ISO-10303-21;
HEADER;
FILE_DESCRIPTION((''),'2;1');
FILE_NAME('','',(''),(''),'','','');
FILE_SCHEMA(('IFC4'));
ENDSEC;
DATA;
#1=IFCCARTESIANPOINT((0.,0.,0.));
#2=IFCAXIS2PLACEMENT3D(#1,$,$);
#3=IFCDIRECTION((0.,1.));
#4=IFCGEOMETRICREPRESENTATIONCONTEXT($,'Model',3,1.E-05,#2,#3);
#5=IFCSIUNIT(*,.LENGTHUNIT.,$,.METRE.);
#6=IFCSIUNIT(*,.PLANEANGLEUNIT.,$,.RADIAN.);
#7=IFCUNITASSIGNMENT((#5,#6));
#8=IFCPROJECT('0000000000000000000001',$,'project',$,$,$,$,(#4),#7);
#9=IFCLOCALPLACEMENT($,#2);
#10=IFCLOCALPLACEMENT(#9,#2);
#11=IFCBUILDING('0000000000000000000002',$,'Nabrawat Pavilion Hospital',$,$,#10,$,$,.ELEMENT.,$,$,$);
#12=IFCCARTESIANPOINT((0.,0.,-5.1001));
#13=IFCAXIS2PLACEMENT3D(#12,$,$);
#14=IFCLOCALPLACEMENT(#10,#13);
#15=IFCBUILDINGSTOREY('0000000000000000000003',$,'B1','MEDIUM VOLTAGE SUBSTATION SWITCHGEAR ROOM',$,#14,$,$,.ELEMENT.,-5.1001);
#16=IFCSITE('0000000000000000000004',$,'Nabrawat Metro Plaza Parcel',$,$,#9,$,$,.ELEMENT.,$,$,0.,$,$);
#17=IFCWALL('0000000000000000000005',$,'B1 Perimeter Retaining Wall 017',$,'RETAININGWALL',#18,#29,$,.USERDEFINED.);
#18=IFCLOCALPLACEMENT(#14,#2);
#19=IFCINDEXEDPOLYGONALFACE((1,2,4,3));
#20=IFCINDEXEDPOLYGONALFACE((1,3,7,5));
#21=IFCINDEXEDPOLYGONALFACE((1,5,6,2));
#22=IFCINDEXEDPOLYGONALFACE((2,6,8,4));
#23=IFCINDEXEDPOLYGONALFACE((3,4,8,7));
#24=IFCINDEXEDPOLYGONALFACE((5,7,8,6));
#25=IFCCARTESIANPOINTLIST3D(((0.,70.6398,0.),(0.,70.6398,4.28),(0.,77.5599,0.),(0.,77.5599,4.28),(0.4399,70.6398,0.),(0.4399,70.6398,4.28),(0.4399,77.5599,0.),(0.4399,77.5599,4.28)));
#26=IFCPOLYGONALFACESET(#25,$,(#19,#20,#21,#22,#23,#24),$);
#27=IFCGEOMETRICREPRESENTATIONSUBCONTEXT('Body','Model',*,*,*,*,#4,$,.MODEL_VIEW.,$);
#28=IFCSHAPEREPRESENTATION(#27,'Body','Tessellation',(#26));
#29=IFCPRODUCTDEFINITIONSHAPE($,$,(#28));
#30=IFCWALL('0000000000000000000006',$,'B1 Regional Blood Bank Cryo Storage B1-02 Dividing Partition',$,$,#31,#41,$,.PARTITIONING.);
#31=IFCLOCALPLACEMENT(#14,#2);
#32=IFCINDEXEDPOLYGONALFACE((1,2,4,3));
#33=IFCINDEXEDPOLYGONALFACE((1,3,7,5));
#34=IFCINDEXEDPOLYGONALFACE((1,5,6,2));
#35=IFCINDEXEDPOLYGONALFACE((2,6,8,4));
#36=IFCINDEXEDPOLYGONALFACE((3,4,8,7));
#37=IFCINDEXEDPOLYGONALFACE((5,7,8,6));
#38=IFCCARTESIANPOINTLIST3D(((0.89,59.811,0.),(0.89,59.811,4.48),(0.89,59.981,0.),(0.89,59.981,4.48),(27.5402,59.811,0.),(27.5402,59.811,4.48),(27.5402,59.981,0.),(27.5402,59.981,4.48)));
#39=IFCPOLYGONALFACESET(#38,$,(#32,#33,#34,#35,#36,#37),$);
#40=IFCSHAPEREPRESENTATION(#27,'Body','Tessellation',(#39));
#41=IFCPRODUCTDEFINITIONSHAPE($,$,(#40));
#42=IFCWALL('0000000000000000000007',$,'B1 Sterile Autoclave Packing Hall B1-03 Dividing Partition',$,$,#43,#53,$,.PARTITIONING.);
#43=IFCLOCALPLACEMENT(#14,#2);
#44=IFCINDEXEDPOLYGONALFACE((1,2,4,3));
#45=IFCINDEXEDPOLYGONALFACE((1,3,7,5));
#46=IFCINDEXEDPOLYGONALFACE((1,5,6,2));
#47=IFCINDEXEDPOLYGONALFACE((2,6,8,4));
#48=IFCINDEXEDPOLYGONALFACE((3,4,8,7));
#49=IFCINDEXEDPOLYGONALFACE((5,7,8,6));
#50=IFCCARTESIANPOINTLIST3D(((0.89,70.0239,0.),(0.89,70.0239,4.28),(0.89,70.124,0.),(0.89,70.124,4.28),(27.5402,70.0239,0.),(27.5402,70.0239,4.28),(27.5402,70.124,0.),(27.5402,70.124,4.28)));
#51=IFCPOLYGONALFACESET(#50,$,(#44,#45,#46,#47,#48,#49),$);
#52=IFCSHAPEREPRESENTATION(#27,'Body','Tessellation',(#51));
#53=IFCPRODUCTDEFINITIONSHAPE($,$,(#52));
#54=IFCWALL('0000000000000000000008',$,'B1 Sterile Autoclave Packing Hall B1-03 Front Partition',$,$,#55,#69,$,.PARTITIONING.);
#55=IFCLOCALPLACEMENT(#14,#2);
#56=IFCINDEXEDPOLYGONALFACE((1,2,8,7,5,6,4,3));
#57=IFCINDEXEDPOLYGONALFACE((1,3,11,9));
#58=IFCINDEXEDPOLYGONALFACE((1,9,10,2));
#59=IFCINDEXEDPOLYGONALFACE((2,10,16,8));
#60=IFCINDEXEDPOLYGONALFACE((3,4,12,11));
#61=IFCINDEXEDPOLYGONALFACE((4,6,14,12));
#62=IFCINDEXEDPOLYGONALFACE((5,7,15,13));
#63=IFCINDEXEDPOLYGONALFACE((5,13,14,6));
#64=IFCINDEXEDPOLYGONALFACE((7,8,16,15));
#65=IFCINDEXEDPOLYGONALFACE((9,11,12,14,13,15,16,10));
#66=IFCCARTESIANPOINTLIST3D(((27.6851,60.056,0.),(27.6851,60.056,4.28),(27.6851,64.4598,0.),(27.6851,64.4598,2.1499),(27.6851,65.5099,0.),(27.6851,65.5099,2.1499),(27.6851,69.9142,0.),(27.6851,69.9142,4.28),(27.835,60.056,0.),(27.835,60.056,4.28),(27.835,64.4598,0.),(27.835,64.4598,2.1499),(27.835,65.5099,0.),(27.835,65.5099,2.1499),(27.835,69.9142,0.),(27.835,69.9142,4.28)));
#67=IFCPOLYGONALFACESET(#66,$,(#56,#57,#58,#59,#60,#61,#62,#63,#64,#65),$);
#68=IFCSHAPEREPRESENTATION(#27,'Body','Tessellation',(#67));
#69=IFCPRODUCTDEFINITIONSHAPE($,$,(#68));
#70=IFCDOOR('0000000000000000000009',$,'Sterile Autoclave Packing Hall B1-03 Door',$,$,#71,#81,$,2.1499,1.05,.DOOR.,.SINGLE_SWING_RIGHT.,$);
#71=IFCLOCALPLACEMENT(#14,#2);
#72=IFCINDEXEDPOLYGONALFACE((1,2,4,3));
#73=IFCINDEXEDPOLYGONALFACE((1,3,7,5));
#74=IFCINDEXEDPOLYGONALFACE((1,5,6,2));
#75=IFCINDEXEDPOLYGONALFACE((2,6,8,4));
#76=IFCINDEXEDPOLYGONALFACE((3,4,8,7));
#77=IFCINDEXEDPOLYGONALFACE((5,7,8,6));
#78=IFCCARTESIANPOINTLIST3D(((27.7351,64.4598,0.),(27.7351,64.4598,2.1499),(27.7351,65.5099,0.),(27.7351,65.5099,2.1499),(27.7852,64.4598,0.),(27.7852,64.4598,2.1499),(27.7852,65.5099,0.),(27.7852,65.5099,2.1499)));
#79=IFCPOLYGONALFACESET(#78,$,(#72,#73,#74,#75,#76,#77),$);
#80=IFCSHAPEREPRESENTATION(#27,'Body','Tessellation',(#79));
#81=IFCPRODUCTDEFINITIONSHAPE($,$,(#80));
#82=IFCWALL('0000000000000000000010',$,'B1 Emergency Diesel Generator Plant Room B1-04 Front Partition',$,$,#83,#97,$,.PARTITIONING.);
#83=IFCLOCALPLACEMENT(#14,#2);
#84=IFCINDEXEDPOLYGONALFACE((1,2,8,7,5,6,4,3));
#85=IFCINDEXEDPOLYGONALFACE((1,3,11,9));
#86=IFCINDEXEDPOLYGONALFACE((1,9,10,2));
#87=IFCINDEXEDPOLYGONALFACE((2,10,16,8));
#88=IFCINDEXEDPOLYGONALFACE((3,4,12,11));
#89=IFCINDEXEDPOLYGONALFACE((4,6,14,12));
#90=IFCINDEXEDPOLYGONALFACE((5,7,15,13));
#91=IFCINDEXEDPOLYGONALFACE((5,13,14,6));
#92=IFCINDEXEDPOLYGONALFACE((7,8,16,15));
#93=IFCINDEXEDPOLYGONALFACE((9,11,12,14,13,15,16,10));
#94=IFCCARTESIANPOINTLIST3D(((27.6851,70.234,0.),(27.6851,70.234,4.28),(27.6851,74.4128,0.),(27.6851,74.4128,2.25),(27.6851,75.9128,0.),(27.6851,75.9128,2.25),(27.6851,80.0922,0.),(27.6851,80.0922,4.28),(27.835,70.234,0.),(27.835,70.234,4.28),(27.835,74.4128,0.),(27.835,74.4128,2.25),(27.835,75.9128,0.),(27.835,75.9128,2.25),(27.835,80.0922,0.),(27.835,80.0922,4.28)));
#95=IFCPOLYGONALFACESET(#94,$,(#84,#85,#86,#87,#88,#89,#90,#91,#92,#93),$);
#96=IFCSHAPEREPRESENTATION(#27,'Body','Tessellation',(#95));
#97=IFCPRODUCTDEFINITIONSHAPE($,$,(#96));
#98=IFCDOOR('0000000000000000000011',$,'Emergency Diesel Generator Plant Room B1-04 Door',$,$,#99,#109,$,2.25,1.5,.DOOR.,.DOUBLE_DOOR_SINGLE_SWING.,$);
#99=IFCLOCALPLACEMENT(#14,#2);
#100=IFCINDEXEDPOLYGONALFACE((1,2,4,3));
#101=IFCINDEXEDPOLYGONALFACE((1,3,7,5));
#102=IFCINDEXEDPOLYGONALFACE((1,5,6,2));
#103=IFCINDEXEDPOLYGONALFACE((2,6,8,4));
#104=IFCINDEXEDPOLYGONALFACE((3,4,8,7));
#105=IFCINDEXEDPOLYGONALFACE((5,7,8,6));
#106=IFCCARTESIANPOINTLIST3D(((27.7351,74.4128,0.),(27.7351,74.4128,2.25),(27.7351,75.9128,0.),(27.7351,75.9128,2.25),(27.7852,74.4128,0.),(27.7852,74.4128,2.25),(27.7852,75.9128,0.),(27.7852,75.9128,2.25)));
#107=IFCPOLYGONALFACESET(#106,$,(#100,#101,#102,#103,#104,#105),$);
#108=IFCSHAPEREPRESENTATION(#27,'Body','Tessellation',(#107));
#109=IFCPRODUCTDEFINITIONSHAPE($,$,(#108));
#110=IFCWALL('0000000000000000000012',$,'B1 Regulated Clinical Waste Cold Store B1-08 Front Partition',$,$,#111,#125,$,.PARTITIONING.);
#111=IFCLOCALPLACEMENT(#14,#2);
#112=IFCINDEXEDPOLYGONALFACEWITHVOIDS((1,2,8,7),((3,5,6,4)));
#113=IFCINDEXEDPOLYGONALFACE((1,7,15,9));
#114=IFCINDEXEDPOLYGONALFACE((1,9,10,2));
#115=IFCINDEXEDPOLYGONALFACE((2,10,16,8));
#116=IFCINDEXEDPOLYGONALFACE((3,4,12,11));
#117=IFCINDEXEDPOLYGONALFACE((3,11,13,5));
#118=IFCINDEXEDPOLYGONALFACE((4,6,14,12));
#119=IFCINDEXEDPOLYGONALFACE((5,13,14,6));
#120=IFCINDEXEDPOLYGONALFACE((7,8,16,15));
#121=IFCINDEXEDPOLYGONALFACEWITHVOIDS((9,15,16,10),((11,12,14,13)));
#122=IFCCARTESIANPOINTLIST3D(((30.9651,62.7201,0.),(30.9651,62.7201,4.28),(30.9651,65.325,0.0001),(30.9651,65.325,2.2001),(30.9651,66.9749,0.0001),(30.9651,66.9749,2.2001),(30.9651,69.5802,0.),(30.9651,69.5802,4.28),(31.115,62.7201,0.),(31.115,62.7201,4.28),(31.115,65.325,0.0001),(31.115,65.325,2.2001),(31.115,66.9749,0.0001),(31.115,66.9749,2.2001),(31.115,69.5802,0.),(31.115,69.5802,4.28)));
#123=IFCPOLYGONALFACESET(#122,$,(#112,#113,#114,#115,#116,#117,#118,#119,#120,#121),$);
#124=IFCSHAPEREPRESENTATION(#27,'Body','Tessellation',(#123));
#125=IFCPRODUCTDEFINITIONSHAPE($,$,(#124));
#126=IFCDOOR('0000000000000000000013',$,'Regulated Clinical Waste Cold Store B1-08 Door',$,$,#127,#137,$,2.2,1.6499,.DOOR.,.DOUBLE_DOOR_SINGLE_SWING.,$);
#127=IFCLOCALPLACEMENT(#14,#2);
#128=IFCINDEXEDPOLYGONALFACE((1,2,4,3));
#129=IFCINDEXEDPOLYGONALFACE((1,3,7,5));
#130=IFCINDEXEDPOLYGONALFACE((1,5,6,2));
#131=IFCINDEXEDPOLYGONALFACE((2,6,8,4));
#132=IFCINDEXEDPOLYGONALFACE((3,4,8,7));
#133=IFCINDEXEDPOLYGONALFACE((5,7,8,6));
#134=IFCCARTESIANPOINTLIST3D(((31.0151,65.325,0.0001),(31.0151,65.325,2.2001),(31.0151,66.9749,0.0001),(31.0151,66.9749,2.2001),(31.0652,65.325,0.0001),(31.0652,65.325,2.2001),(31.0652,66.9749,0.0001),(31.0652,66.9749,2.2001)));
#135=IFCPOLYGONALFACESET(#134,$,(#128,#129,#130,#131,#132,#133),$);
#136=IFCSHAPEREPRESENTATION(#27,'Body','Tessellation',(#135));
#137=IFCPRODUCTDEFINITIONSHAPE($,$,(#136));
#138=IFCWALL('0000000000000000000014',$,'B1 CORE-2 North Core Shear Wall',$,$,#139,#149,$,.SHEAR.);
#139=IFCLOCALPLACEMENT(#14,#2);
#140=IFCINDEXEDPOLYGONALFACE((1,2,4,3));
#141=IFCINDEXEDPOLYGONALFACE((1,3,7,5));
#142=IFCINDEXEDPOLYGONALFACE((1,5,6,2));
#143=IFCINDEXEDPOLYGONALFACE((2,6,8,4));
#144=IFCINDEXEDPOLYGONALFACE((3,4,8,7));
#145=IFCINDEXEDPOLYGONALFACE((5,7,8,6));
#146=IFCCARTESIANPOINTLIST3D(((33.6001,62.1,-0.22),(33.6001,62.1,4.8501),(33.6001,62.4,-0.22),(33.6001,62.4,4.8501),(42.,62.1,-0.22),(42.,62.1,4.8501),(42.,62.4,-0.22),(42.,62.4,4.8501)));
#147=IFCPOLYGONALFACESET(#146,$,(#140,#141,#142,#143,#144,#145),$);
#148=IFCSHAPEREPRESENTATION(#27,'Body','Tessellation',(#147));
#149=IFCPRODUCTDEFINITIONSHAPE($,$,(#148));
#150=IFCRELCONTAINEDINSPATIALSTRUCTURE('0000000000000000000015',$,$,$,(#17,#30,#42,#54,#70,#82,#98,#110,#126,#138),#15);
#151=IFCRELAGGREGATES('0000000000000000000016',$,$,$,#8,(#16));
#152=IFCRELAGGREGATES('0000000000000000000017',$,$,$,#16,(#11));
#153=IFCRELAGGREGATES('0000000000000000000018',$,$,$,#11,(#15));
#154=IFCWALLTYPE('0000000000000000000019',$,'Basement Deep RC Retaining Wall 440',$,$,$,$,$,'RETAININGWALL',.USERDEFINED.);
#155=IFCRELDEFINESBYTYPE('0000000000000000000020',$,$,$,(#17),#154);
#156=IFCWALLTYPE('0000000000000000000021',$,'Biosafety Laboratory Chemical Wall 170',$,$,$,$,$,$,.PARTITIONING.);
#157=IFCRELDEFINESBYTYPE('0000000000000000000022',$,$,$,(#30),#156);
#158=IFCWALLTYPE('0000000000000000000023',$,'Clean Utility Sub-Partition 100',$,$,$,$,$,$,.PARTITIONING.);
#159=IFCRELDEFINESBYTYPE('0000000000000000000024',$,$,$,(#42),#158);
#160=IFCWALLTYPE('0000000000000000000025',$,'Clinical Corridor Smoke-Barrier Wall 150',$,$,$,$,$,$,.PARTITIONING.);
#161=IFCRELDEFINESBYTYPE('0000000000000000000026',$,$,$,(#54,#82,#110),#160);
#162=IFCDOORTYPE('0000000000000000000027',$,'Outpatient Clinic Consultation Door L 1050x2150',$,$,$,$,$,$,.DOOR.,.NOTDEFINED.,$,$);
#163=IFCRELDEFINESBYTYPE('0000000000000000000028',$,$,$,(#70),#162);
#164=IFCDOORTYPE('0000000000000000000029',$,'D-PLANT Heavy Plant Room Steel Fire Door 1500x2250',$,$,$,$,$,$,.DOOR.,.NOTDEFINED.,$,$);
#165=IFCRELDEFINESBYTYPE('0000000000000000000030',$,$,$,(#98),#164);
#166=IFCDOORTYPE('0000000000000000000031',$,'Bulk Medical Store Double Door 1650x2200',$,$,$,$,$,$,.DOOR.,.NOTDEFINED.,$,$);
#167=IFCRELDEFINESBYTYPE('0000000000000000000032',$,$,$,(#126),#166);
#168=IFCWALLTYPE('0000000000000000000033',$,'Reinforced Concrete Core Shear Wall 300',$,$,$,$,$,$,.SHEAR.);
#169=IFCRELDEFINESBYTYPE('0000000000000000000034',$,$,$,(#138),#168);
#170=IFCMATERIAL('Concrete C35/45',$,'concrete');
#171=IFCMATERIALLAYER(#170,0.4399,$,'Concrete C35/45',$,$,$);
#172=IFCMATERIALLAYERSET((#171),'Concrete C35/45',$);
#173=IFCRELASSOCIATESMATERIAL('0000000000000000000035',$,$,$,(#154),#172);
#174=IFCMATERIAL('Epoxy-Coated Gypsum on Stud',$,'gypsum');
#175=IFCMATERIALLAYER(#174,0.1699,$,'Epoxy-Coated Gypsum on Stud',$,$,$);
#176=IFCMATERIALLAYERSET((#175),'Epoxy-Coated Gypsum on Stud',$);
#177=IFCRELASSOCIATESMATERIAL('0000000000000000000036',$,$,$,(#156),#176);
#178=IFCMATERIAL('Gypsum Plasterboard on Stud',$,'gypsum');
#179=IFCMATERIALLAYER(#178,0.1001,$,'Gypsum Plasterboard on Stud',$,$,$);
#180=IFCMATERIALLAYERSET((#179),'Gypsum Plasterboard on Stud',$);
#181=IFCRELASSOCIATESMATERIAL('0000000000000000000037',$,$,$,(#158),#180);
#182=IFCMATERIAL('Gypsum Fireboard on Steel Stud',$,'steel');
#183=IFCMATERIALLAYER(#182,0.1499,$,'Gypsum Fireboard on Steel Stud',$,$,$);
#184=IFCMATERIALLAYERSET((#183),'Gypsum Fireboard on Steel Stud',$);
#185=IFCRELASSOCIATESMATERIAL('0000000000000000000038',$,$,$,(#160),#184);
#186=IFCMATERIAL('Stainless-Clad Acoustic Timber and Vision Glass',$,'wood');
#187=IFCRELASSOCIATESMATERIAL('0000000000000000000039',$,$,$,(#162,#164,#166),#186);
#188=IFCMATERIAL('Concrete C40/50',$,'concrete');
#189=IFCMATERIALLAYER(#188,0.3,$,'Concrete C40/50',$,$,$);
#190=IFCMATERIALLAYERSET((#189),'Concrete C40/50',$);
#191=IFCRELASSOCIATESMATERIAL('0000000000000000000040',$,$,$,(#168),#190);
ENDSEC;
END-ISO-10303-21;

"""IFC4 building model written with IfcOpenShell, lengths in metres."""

from ifc_helpers import new_model, si_unit, direction, frame, frame_2d, origin, place, context, subcontext, project, spatial, rectangle, extrude, material, layer, layer_set, type_object, element, fill, save


model = new_model("IFC4")

# Units and contexts
model_context = context("Model", 3, precision=1e-05, world=origin(), true_north=direction((0.0, 1.0)))
body_context = subcontext(model_context, "Body", "Model", "MODEL_VIEW")
ifc_project = project(units=[si_unit("LENGTHUNIT", "METRE"), si_unit("PLANEANGLEUNIT", "RADIAN")], contexts=[model_context])

# Site, building, storey
site_placement = place(None, origin())
site = spatial("IfcSite", under=ifc_project, at=site_placement, Name="Nabrawat Metro Plaza Parcel", CompositionType="ELEMENT", RefElevation=0.0)
building_placement = place(site_placement, origin())
building = spatial("IfcBuilding", under=site, at=building_placement, Name="Nabrawat Pavilion Hospital", CompositionType="ELEMENT")
storey_placement = place(building_placement, frame((0.0, 0.0, -5.1001)))
storey = spatial("IfcBuildingStorey", under=building, at=storey_placement, Name="B1", Description="MEDIUM VOLTAGE SUBSTATION SWITCHGEAR ROOM", CompositionType="ELEMENT", Elevation=-5.1001)

# Shared definitions
ifc_material_1 = material(Name="Concrete C35/45", Category="concrete")

# Shared definitions
ifc_material_2 = material(Name="Concrete C40/50", Category="concrete")

# Walls
ifc_layer_1 = layer(ifc_material_1, 0.4399, Name="Concrete C35/45")
ifc_layer_set_1 = layer_set([ifc_layer_1], Name="Concrete C35/45")
wall_type_1 = type_object("IfcWallType", Name="Basement Deep RC Retaining Wall 440", ElementType="RETAININGWALL", PredefinedType="USERDEFINED", material=ifc_layer_set_1)
wall_1_placement = place(storey_placement, frame((0.22, 70.6399, 0.0), z_axis=(0.0, 0.0, 1.0), x_axis=(0.0, 1.0, 0.0)))
element("IfcWall", 1, at=wall_1_placement, inside=storey, type_object=wall_type_1, Name="B1 Perimeter Retaining Wall 017", ObjectType="RETAININGWALL", PredefinedType="USERDEFINED", context=body_context, shape_type="SweptSolid", body=[
    extrude(rectangle(XDim=6.9202, YDim=0.4399, at=frame_2d((3.46, 0.0))), origin(), (0.0, 0.0, 1.0), 4.28),
])
ifc_material_3 = material(Name="Epoxy-Coated Gypsum on Stud", Category="gypsum")
ifc_layer_2 = layer(ifc_material_3, 0.1699, Name="Epoxy-Coated Gypsum on Stud")
ifc_layer_set_2 = layer_set([ifc_layer_2], Name="Epoxy-Coated Gypsum on Stud")
wall_type_2 = type_object("IfcWallType", Name="Biosafety Laboratory Chemical Wall 170", PredefinedType="PARTITIONING", material=ifc_layer_set_2)
wall_2_placement = place(storey_placement, frame((0.8899, 59.896, 0.0), z_axis=(0.0, 0.0, 1.0), x_axis=(1.0, 0.0, 0.0)))
element("IfcWall", 2, at=wall_2_placement, inside=storey, type_object=wall_type_2, Name="B1 Regional Blood Bank Cryo Storage B1-02 Dividing Partition", PredefinedType="PARTITIONING", context=body_context, shape_type="SweptSolid", body=[
    extrude(rectangle(XDim=26.6501, YDim=0.1699, at=frame_2d((13.3252, 0.0))), origin(), (0.0, 0.0, 1.0), 4.48),
])
ifc_material_4 = material(Name="Gypsum Plasterboard on Stud", Category="gypsum")
ifc_layer_3 = layer(ifc_material_4, 0.1001, Name="Gypsum Plasterboard on Stud")
ifc_layer_set_3 = layer_set([ifc_layer_3], Name="Gypsum Plasterboard on Stud")
wall_type_3 = type_object("IfcWallType", Name="Clean Utility Sub-Partition 100", PredefinedType="PARTITIONING", material=ifc_layer_set_3)
wall_3_placement = place(storey_placement, frame((0.8899, 70.074, 0.0), z_axis=(0.0, 0.0, 1.0), x_axis=(1.0, 0.0, 0.0)))
element("IfcWall", 3, at=wall_3_placement, inside=storey, type_object=wall_type_3, Name="B1 Sterile Autoclave Packing Hall B1-03 Dividing Partition", PredefinedType="PARTITIONING", context=body_context, shape_type="SweptSolid", body=[
    extrude(rectangle(XDim=26.6501, YDim=0.1001, at=frame_2d((13.3252, 0.0))), origin(), (0.0, 0.0, 1.0), 4.28),
])

# Walls, openings, doors
ifc_material_5 = material(Name="Gypsum Fireboard on Steel Stud", Category="steel")
ifc_layer_4 = layer(ifc_material_5, 0.1499, Name="Gypsum Fireboard on Steel Stud")
ifc_layer_set_4 = layer_set([ifc_layer_4], Name="Gypsum Fireboard on Steel Stud")
wall_type_4 = type_object("IfcWallType", Name="Clinical Corridor Smoke-Barrier Wall 150", PredefinedType="PARTITIONING", material=ifc_layer_set_4)
wall_4_placement = place(storey_placement, frame((27.76, 60.0559, 0.0), z_axis=(0.0, 0.0, 1.0), x_axis=(0.0, 1.0, 0.0)))
wall_4 = element("IfcWall", 4, at=wall_4_placement, inside=storey, type_object=wall_type_4, Name="B1 Sterile Autoclave Packing Hall B1-03 Front Partition", PredefinedType="PARTITIONING", context=body_context, shape_type="SweptSolid", body=[
    extrude(rectangle(XDim=9.8582, YDim=0.1499, at=frame_2d((4.9292, 0.0))), origin(), (0.0, 0.0, 1.0), 4.28),
])
opening_1_placement = place(wall_4_placement, frame((4.4041, 0.0, 0.0)))
opening_1 = element("IfcOpeningElement", 5, at=opening_1_placement, cuts=wall_4, PredefinedType="OPENING", context=body_context, shape_type="SweptSolid", body=[
    extrude(rectangle(XDim=1.05, YDim=2.1499, at=frame_2d((0.5249, 1.075))), frame((0.0, 0.085, 0.0), z_axis=(0.0, -1.0, 0.0), x_axis=(1.0, 0.0, 0.0)), (0.0, 0.0, 1.0), 0.1699),
])
ifc_material_6 = material(Name="Stainless-Clad Acoustic Timber and Vision Glass", Category="wood")
door_type_1 = type_object("IfcDoorType", Name="Outpatient Clinic Consultation Door L 1050x2150", OperationType="NOTDEFINED", PredefinedType="DOOR", material=ifc_material_6)
door_1_placement = place(opening_1_placement, origin())
door_1 = element("IfcDoor", 6, at=door_1_placement, inside=storey, type_object=door_type_1, Name="Sterile Autoclave Packing Hall B1-03 Door", OperationType="SINGLE_SWING_RIGHT", OverallHeight=2.1499, OverallWidth=1.05, PredefinedType="DOOR", context=body_context, shape_type="SweptSolid", body=[
    extrude(rectangle(XDim=1.05, YDim=2.1499, at=frame_2d((0.5249, 1.075))), frame((0.0, 0.0249, 0.0), z_axis=(0.0, -1.0, 0.0), x_axis=(1.0, 0.0, 0.0)), (0.0, 0.0, 1.0), 0.05),
])
fill(opening_1, door_1)
wall_5_placement = place(storey_placement, frame((27.76, 70.2339, 0.0), z_axis=(0.0, 0.0, 1.0), x_axis=(0.0, 1.0, 0.0)))
wall_5 = element("IfcWall", 7, at=wall_5_placement, inside=storey, type_object=wall_type_4, Name="B1 Emergency Diesel Generator Plant Room B1-04 Front Partition", PredefinedType="PARTITIONING", context=body_context, shape_type="SweptSolid", body=[
    extrude(rectangle(XDim=9.8582, YDim=0.1499, at=frame_2d((4.9292, 0.0))), origin(), (0.0, 0.0, 1.0), 4.28),
])
opening_2_placement = place(wall_5_placement, frame((4.179, 0.0, 0.0)))
opening_2 = element("IfcOpeningElement", 8, at=opening_2_placement, cuts=wall_5, PredefinedType="OPENING", context=body_context, shape_type="SweptSolid", body=[
    extrude(rectangle(XDim=1.5, YDim=2.25, at=frame_2d((0.75, 1.125))), frame((0.0, 0.085, 0.0), z_axis=(0.0, -1.0, 0.0), x_axis=(1.0, 0.0, 0.0)), (0.0, 0.0, 1.0), 0.1699),
])
door_type_2 = type_object("IfcDoorType", Name="D-PLANT Heavy Plant Room Steel Fire Door 1500x2250", OperationType="NOTDEFINED", PredefinedType="DOOR", material=ifc_material_6)
door_2_placement = place(opening_2_placement, origin())
door_2 = element("IfcDoor", 9, at=door_2_placement, inside=storey, type_object=door_type_2, Name="Emergency Diesel Generator Plant Room B1-04 Door", OperationType="DOUBLE_DOOR_SINGLE_SWING", OverallHeight=2.25, OverallWidth=1.5, PredefinedType="DOOR", context=body_context, shape_type="SweptSolid", body=[
    extrude(rectangle(XDim=1.5, YDim=2.25, at=frame_2d((0.75, 1.125))), frame((0.0, 0.0249, 0.0), z_axis=(0.0, -1.0, 0.0), x_axis=(1.0, 0.0, 0.0)), (0.0, 0.0, 1.0), 0.05),
])
fill(opening_2, door_2)
wall_6_placement = place(storey_placement, frame((31.04, 62.72, 0.0), z_axis=(0.0, 0.0, 1.0), x_axis=(0.0, 1.0, 0.0)))
wall_6 = element("IfcWall", 10, at=wall_6_placement, inside=storey, type_object=wall_type_4, Name="B1 Regulated Clinical Waste Cold Store B1-08 Front Partition", PredefinedType="PARTITIONING", context=body_context, shape_type="SweptSolid", body=[
    extrude(rectangle(XDim=6.8601, YDim=0.1499, at=frame_2d((3.4302, 0.0))), origin(), (0.0, 0.0, 1.0), 4.28),
])
opening_3_placement = place(wall_6_placement, frame((2.605, 0.0, 0.0)))
opening_3 = element("IfcOpeningElement", 11, at=opening_3_placement, cuts=wall_6, PredefinedType="OPENING", context=body_context, shape_type="SweptSolid", body=[
    extrude(rectangle(XDim=1.6499, YDim=2.2, at=frame_2d((0.825, 1.1001))), frame((0.0, 0.085, 0.0), z_axis=(0.0, -1.0, 0.0), x_axis=(1.0, 0.0, 0.0)), (0.0, 0.0, 1.0), 0.1699),
])
door_type_3 = type_object("IfcDoorType", Name="Bulk Medical Store Double Door 1650x2200", OperationType="NOTDEFINED", PredefinedType="DOOR", material=ifc_material_6)
door_3_placement = place(opening_3_placement, origin())
door_3 = element("IfcDoor", 12, at=door_3_placement, inside=storey, type_object=door_type_3, Name="Regulated Clinical Waste Cold Store B1-08 Door", OperationType="DOUBLE_DOOR_SINGLE_SWING", OverallHeight=2.2, OverallWidth=1.6499, PredefinedType="DOOR", context=body_context, shape_type="SweptSolid", body=[
    extrude(rectangle(XDim=1.6499, YDim=2.2, at=frame_2d((0.825, 1.1001))), frame((0.0, 0.0249, 0.0), z_axis=(0.0, -1.0, 0.0), x_axis=(1.0, 0.0, 0.0)), (0.0, 0.0, 1.0), 0.05),
])
fill(opening_3, door_3)

# Wall
ifc_layer_5 = layer(ifc_material_2, 0.3, Name="Concrete C40/50")
ifc_layer_set_5 = layer_set([ifc_layer_5], Name="Concrete C40/50")
wall_type_5 = type_object("IfcWallType", Name="Reinforced Concrete Core Shear Wall 300", PredefinedType="SHEAR", material=ifc_layer_set_5)
wall_7_placement = place(storey_placement, frame((33.6001, 62.25, -0.22), z_axis=(0.0, 0.0, 1.0), x_axis=(1.0, 0.0, 0.0)))
element("IfcWall", 13, at=wall_7_placement, inside=storey, type_object=wall_type_5, Name="B1 CORE-2 North Core Shear Wall", PredefinedType="SHEAR", context=body_context, shape_type="SweptSolid", body=[
    extrude(rectangle(XDim=8.3999, YDim=0.3, at=frame_2d((4.2, 0.0))), origin(), (0.0, 0.0, 1.0), 5.0701),
])

save(model, "model.ifc")
